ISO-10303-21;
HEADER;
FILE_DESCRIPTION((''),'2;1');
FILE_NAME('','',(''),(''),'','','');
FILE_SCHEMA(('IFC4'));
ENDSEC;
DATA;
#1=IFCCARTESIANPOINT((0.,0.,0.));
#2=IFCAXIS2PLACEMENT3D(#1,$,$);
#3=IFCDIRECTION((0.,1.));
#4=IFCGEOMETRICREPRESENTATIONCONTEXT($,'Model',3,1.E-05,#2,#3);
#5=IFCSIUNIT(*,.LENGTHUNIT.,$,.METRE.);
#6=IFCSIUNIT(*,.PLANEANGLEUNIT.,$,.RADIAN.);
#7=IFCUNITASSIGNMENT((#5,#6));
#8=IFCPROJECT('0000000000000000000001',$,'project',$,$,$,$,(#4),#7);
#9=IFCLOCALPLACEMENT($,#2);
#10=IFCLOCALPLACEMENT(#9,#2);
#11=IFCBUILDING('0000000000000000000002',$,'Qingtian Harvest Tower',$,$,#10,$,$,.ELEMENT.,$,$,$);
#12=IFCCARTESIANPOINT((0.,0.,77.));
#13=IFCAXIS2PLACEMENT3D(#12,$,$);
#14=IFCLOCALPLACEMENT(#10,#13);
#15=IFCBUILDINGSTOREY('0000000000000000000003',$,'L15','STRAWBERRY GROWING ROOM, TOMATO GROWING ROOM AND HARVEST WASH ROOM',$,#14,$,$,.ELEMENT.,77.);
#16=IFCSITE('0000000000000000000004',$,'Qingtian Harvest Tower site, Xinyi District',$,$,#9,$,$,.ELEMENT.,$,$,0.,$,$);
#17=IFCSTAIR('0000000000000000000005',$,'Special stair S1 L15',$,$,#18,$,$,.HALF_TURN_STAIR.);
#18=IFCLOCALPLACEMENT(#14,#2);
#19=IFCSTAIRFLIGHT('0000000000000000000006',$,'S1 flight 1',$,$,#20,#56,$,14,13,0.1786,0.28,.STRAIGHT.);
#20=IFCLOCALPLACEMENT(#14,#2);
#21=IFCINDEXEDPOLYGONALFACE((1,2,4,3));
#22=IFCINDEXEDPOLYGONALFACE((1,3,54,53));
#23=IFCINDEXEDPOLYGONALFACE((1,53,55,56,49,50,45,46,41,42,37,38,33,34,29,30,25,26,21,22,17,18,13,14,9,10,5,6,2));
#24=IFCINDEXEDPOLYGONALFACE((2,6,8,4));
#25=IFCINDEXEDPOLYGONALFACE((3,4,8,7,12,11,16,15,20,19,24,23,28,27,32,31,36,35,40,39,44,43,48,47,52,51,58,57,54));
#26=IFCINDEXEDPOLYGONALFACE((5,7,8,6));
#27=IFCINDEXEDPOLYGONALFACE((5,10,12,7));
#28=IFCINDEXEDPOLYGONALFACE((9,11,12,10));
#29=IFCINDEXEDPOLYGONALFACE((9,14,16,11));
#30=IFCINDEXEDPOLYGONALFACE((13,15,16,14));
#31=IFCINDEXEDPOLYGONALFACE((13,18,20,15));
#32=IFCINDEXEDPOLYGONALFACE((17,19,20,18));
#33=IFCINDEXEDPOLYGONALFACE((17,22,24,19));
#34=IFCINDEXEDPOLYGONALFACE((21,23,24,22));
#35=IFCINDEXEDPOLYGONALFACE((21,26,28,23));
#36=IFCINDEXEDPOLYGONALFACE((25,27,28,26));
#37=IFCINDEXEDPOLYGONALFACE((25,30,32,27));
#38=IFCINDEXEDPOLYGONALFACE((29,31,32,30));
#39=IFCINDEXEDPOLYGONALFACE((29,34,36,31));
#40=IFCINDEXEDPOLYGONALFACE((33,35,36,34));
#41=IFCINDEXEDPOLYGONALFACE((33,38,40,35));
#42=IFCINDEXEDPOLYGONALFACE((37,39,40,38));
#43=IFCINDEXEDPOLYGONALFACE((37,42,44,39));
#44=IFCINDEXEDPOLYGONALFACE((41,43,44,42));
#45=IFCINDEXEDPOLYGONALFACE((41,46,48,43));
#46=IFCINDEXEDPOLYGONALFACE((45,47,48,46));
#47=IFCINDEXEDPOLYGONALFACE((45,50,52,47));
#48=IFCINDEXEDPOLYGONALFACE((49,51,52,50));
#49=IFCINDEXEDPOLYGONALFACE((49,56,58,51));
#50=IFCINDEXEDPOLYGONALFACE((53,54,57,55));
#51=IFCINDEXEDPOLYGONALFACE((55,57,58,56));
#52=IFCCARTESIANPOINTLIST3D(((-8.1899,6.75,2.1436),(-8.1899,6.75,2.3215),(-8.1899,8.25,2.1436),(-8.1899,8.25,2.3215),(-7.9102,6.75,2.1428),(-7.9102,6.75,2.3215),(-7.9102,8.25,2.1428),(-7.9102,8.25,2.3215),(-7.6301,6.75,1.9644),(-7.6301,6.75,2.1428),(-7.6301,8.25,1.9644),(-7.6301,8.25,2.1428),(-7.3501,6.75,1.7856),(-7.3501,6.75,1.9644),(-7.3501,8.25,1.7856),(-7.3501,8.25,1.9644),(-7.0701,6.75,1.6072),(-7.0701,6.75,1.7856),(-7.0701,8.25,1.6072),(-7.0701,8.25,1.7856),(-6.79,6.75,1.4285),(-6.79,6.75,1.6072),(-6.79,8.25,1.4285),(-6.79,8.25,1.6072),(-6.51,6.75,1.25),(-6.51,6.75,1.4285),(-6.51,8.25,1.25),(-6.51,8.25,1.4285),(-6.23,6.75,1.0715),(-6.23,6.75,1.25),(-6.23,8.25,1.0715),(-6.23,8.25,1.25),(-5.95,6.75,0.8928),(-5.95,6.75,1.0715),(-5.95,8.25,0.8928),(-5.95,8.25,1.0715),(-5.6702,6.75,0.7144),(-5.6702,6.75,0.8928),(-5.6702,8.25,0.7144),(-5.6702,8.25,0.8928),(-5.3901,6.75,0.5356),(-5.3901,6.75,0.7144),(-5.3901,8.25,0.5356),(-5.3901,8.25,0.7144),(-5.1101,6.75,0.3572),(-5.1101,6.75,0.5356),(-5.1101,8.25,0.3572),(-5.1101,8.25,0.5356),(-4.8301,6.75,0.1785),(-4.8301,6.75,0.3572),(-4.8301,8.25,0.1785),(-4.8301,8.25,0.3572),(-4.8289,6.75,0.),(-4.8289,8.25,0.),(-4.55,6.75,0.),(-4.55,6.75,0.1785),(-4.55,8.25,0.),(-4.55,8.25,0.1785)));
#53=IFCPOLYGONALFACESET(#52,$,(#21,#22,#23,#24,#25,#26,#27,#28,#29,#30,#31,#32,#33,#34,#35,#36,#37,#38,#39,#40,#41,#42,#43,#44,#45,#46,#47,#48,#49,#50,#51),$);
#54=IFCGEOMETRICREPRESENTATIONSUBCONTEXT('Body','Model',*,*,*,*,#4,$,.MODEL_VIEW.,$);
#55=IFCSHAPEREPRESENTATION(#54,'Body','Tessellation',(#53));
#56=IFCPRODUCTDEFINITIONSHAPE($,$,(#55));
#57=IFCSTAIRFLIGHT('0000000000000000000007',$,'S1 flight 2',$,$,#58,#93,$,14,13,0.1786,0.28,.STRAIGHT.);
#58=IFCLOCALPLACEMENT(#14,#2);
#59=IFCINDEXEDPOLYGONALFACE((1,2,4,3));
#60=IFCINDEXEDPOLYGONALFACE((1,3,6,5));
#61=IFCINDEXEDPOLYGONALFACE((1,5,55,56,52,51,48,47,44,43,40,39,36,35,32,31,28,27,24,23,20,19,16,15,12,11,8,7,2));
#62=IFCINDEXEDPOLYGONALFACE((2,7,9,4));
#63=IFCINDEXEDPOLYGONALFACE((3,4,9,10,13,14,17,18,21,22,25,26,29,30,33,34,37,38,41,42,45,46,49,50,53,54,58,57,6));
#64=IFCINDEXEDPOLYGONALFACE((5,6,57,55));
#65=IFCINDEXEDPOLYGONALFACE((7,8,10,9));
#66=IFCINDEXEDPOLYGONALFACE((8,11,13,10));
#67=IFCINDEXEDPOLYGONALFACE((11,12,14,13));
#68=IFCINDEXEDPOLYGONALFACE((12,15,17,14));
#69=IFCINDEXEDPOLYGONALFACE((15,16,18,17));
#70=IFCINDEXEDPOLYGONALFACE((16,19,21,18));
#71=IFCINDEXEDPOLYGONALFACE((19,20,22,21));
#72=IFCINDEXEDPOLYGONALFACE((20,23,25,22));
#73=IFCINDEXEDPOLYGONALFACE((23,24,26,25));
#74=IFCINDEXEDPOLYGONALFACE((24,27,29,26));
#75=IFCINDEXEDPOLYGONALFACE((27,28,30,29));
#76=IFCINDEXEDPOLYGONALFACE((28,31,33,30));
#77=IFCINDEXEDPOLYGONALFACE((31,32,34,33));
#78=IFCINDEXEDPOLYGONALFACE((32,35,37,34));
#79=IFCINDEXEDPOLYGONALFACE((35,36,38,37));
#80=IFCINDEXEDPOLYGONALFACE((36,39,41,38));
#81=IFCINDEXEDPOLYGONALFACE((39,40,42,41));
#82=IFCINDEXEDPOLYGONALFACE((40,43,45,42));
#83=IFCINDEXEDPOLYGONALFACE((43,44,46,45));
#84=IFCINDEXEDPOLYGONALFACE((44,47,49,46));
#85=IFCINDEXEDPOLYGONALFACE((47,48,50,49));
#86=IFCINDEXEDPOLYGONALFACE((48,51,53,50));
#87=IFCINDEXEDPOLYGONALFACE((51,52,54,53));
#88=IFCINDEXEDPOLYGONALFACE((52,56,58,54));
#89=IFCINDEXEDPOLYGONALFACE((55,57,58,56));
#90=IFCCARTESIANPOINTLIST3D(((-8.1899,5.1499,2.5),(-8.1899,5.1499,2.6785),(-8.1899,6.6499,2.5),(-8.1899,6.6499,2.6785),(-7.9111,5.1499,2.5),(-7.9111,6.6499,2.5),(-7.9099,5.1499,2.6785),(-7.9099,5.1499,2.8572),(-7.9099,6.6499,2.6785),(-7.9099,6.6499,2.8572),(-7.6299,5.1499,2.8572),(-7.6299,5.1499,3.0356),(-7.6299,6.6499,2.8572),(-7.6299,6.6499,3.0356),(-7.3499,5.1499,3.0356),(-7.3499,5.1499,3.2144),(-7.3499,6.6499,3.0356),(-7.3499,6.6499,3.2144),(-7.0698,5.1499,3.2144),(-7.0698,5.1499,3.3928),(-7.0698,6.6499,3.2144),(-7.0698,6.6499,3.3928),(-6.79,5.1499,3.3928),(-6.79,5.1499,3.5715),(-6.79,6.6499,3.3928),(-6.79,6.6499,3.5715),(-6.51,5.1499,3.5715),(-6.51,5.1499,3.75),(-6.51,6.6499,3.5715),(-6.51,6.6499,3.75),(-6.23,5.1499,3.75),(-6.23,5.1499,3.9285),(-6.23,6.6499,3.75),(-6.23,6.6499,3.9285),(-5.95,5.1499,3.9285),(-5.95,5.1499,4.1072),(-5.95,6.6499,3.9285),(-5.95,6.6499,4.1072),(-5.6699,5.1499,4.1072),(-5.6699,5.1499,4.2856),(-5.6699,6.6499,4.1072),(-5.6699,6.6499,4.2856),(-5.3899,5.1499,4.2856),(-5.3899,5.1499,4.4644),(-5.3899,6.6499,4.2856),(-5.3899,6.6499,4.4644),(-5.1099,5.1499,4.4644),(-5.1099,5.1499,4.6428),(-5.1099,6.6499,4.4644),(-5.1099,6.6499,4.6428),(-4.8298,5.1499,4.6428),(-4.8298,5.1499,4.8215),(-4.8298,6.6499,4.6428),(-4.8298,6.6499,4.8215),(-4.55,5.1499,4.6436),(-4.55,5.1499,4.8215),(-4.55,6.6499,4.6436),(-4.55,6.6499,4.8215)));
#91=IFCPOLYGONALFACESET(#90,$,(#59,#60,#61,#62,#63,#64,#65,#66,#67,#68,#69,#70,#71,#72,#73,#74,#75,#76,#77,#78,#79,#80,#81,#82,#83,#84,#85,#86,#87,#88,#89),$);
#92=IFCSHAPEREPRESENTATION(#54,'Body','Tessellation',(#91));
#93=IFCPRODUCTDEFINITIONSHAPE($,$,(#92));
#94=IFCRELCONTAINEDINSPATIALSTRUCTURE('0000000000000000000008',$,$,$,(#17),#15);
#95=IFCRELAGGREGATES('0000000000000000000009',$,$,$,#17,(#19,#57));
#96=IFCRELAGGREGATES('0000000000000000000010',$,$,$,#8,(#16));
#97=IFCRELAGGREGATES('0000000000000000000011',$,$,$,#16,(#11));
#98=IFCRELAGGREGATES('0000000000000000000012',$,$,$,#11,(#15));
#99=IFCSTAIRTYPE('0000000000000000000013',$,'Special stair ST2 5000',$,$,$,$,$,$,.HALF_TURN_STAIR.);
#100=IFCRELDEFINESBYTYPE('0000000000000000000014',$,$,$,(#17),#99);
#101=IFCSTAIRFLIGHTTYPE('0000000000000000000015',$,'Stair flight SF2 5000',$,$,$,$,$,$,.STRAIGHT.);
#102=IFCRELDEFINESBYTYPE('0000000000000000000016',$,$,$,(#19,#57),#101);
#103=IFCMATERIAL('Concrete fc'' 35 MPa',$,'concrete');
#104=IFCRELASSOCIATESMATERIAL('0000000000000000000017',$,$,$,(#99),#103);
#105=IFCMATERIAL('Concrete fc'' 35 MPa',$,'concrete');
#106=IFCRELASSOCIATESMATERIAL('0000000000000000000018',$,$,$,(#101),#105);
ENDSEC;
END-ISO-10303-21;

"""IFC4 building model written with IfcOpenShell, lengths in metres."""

from ifc_helpers import new_model, si_unit, direction, frame, origin, place, context, subcontext, project, spatial, polyline, outline, extrude, material, type_object, element, aggregate, save


model = new_model("IFC4")

# Units and contexts
model_context = context("Model", 3, precision=1e-05, world=origin(), true_north=direction((0.0, 1.0)))
body_context = subcontext(model_context, "Body", "Model", "MODEL_VIEW")
ifc_project = project(units=[si_unit("LENGTHUNIT", "METRE"), si_unit("PLANEANGLEUNIT", "RADIAN")], contexts=[model_context])

# Site, building, storey
site_placement = place(None, origin())
site = spatial("IfcSite", under=ifc_project, at=site_placement, Name="Qingtian Harvest Tower site, Xinyi District", CompositionType="ELEMENT", RefElevation=0.0)
building_placement = place(site_placement, origin())
building = spatial("IfcBuilding", under=site, at=building_placement, Name="Qingtian Harvest Tower", CompositionType="ELEMENT")
storey_placement = place(building_placement, frame((0.0, 0.0, 77.0)))
storey = spatial("IfcBuildingStorey", under=building, at=storey_placement, Name="L15", Description="STRAWBERRY GROWING ROOM, TOMATO GROWING ROOM AND HARVEST WASH ROOM", CompositionType="ELEMENT", Elevation=77.0)

# Stair, stair flights
ifc_material_1 = material(Name="Concrete fc' 35 MPa", Category="concrete")
stair_type = type_object("IfcStairType", Name="Special stair ST2 5000", PredefinedType="HALF_TURN_STAIR", material=ifc_material_1)
stair_placement = place(storey_placement, origin())
stair = element("IfcStair", 1, at=stair_placement, inside=storey, type_object=stair_type, Name="Special stair S1 L15", PredefinedType="HALF_TURN_STAIR")
ifc_material_2 = material(Name="Concrete fc' 35 MPa", Category="concrete")
stair_flight_type = type_object("IfcStairFlightType", Name="Stair flight SF2 5000", PredefinedType="STRAIGHT", material=ifc_material_2)
stair_flight_1_placement = place(storey_placement, frame((-4.55, 7.5, 0.0), z_axis=(0.0, 0.0, 1.0), x_axis=(-1.0, 0.0, 0.0)))
stair_flight_1 = element("IfcStairFlight", 2, at=stair_flight_1_placement, type_object=stair_flight_type, Name="S1 flight 1", NumberOfRisers=14, NumberOfTreads=13, PredefinedType="STRAIGHT", RiserHeight=0.1786, TreadLength=0.28, context=body_context, shape_type="SweptSolid", body=[
    extrude(outline(polyline([(0.0, 0.0), (0.0, 0.1785), (0.28, 0.1785), (0.28, 0.3572), (0.5601, 0.3572), (0.5601, 0.5356), (0.8401, 0.5356), (0.8401, 0.7144), (1.1201, 0.7144), (1.1201, 0.8928), (1.3999, 0.8928), (1.3999, 1.0715), (1.6799, 1.0715), (1.6799, 1.25), (1.96, 1.25), (1.96, 1.4285), (2.24, 1.4285), (2.24, 1.6072), (2.52, 1.6072), (2.52, 1.7856), (2.8, 1.7856), (2.8, 1.9644), (3.0801, 1.9644), (3.0801, 2.1428), (3.3601, 2.1428), (3.3601, 2.3215), (3.6399, 2.3215), (3.6399, 2.5), (3.6399, 2.1436), (0.2788, 0.0), (0.0, 0.0)])), frame((0.0, 0.75, 0.0), z_axis=(0.0, -1.0, 0.0), x_axis=(1.0, 0.0, 0.0)), (0.0, 0.0, 1.0), 1.5),
])
stair_flight_2_placement = place(storey_placement, frame((-8.1899, 5.8999, 2.5), z_axis=(0.0, 0.0, 1.0), x_axis=(1.0, 0.0, 0.0)))
stair_flight_2 = element("IfcStairFlight", 3, at=stair_flight_2_placement, type_object=stair_flight_type, Name="S1 flight 2", NumberOfRisers=14, NumberOfTreads=13, PredefinedType="STRAIGHT", RiserHeight=0.1786, TreadLength=0.28, context=body_context, shape_type="SweptSolid", body=[
    extrude(outline(polyline([(0.0, 0.0), (0.0, 0.1785), (0.28, 0.1785), (0.28, 0.3572), (0.5601, 0.3572), (0.5601, 0.5356), (0.8401, 0.5356), (0.8401, 0.7144), (1.1201, 0.7144), (1.1201, 0.8928), (1.3999, 0.8928), (1.3999, 1.0715), (1.6799, 1.0715), (1.6799, 1.25), (1.96, 1.25), (1.96, 1.4285), (2.24, 1.4285), (2.24, 1.6072), (2.52, 1.6072), (2.52, 1.7856), (2.8, 1.7856), (2.8, 1.9644), (3.0801, 1.9644), (3.0801, 2.1428), (3.3601, 2.1428), (3.3601, 2.3215), (3.6399, 2.3215), (3.6399, 2.5), (3.6399, 2.1436), (0.2788, 0.0), (0.0, 0.0)])), frame((0.0, 0.75, 0.0), z_axis=(0.0, -1.0, 0.0), x_axis=(1.0, 0.0, 0.0)), (0.0, 0.0, 1.0), 1.5),
])
aggregate(stair, [stair_flight_1, stair_flight_2])

save(model, "model.ifc")
